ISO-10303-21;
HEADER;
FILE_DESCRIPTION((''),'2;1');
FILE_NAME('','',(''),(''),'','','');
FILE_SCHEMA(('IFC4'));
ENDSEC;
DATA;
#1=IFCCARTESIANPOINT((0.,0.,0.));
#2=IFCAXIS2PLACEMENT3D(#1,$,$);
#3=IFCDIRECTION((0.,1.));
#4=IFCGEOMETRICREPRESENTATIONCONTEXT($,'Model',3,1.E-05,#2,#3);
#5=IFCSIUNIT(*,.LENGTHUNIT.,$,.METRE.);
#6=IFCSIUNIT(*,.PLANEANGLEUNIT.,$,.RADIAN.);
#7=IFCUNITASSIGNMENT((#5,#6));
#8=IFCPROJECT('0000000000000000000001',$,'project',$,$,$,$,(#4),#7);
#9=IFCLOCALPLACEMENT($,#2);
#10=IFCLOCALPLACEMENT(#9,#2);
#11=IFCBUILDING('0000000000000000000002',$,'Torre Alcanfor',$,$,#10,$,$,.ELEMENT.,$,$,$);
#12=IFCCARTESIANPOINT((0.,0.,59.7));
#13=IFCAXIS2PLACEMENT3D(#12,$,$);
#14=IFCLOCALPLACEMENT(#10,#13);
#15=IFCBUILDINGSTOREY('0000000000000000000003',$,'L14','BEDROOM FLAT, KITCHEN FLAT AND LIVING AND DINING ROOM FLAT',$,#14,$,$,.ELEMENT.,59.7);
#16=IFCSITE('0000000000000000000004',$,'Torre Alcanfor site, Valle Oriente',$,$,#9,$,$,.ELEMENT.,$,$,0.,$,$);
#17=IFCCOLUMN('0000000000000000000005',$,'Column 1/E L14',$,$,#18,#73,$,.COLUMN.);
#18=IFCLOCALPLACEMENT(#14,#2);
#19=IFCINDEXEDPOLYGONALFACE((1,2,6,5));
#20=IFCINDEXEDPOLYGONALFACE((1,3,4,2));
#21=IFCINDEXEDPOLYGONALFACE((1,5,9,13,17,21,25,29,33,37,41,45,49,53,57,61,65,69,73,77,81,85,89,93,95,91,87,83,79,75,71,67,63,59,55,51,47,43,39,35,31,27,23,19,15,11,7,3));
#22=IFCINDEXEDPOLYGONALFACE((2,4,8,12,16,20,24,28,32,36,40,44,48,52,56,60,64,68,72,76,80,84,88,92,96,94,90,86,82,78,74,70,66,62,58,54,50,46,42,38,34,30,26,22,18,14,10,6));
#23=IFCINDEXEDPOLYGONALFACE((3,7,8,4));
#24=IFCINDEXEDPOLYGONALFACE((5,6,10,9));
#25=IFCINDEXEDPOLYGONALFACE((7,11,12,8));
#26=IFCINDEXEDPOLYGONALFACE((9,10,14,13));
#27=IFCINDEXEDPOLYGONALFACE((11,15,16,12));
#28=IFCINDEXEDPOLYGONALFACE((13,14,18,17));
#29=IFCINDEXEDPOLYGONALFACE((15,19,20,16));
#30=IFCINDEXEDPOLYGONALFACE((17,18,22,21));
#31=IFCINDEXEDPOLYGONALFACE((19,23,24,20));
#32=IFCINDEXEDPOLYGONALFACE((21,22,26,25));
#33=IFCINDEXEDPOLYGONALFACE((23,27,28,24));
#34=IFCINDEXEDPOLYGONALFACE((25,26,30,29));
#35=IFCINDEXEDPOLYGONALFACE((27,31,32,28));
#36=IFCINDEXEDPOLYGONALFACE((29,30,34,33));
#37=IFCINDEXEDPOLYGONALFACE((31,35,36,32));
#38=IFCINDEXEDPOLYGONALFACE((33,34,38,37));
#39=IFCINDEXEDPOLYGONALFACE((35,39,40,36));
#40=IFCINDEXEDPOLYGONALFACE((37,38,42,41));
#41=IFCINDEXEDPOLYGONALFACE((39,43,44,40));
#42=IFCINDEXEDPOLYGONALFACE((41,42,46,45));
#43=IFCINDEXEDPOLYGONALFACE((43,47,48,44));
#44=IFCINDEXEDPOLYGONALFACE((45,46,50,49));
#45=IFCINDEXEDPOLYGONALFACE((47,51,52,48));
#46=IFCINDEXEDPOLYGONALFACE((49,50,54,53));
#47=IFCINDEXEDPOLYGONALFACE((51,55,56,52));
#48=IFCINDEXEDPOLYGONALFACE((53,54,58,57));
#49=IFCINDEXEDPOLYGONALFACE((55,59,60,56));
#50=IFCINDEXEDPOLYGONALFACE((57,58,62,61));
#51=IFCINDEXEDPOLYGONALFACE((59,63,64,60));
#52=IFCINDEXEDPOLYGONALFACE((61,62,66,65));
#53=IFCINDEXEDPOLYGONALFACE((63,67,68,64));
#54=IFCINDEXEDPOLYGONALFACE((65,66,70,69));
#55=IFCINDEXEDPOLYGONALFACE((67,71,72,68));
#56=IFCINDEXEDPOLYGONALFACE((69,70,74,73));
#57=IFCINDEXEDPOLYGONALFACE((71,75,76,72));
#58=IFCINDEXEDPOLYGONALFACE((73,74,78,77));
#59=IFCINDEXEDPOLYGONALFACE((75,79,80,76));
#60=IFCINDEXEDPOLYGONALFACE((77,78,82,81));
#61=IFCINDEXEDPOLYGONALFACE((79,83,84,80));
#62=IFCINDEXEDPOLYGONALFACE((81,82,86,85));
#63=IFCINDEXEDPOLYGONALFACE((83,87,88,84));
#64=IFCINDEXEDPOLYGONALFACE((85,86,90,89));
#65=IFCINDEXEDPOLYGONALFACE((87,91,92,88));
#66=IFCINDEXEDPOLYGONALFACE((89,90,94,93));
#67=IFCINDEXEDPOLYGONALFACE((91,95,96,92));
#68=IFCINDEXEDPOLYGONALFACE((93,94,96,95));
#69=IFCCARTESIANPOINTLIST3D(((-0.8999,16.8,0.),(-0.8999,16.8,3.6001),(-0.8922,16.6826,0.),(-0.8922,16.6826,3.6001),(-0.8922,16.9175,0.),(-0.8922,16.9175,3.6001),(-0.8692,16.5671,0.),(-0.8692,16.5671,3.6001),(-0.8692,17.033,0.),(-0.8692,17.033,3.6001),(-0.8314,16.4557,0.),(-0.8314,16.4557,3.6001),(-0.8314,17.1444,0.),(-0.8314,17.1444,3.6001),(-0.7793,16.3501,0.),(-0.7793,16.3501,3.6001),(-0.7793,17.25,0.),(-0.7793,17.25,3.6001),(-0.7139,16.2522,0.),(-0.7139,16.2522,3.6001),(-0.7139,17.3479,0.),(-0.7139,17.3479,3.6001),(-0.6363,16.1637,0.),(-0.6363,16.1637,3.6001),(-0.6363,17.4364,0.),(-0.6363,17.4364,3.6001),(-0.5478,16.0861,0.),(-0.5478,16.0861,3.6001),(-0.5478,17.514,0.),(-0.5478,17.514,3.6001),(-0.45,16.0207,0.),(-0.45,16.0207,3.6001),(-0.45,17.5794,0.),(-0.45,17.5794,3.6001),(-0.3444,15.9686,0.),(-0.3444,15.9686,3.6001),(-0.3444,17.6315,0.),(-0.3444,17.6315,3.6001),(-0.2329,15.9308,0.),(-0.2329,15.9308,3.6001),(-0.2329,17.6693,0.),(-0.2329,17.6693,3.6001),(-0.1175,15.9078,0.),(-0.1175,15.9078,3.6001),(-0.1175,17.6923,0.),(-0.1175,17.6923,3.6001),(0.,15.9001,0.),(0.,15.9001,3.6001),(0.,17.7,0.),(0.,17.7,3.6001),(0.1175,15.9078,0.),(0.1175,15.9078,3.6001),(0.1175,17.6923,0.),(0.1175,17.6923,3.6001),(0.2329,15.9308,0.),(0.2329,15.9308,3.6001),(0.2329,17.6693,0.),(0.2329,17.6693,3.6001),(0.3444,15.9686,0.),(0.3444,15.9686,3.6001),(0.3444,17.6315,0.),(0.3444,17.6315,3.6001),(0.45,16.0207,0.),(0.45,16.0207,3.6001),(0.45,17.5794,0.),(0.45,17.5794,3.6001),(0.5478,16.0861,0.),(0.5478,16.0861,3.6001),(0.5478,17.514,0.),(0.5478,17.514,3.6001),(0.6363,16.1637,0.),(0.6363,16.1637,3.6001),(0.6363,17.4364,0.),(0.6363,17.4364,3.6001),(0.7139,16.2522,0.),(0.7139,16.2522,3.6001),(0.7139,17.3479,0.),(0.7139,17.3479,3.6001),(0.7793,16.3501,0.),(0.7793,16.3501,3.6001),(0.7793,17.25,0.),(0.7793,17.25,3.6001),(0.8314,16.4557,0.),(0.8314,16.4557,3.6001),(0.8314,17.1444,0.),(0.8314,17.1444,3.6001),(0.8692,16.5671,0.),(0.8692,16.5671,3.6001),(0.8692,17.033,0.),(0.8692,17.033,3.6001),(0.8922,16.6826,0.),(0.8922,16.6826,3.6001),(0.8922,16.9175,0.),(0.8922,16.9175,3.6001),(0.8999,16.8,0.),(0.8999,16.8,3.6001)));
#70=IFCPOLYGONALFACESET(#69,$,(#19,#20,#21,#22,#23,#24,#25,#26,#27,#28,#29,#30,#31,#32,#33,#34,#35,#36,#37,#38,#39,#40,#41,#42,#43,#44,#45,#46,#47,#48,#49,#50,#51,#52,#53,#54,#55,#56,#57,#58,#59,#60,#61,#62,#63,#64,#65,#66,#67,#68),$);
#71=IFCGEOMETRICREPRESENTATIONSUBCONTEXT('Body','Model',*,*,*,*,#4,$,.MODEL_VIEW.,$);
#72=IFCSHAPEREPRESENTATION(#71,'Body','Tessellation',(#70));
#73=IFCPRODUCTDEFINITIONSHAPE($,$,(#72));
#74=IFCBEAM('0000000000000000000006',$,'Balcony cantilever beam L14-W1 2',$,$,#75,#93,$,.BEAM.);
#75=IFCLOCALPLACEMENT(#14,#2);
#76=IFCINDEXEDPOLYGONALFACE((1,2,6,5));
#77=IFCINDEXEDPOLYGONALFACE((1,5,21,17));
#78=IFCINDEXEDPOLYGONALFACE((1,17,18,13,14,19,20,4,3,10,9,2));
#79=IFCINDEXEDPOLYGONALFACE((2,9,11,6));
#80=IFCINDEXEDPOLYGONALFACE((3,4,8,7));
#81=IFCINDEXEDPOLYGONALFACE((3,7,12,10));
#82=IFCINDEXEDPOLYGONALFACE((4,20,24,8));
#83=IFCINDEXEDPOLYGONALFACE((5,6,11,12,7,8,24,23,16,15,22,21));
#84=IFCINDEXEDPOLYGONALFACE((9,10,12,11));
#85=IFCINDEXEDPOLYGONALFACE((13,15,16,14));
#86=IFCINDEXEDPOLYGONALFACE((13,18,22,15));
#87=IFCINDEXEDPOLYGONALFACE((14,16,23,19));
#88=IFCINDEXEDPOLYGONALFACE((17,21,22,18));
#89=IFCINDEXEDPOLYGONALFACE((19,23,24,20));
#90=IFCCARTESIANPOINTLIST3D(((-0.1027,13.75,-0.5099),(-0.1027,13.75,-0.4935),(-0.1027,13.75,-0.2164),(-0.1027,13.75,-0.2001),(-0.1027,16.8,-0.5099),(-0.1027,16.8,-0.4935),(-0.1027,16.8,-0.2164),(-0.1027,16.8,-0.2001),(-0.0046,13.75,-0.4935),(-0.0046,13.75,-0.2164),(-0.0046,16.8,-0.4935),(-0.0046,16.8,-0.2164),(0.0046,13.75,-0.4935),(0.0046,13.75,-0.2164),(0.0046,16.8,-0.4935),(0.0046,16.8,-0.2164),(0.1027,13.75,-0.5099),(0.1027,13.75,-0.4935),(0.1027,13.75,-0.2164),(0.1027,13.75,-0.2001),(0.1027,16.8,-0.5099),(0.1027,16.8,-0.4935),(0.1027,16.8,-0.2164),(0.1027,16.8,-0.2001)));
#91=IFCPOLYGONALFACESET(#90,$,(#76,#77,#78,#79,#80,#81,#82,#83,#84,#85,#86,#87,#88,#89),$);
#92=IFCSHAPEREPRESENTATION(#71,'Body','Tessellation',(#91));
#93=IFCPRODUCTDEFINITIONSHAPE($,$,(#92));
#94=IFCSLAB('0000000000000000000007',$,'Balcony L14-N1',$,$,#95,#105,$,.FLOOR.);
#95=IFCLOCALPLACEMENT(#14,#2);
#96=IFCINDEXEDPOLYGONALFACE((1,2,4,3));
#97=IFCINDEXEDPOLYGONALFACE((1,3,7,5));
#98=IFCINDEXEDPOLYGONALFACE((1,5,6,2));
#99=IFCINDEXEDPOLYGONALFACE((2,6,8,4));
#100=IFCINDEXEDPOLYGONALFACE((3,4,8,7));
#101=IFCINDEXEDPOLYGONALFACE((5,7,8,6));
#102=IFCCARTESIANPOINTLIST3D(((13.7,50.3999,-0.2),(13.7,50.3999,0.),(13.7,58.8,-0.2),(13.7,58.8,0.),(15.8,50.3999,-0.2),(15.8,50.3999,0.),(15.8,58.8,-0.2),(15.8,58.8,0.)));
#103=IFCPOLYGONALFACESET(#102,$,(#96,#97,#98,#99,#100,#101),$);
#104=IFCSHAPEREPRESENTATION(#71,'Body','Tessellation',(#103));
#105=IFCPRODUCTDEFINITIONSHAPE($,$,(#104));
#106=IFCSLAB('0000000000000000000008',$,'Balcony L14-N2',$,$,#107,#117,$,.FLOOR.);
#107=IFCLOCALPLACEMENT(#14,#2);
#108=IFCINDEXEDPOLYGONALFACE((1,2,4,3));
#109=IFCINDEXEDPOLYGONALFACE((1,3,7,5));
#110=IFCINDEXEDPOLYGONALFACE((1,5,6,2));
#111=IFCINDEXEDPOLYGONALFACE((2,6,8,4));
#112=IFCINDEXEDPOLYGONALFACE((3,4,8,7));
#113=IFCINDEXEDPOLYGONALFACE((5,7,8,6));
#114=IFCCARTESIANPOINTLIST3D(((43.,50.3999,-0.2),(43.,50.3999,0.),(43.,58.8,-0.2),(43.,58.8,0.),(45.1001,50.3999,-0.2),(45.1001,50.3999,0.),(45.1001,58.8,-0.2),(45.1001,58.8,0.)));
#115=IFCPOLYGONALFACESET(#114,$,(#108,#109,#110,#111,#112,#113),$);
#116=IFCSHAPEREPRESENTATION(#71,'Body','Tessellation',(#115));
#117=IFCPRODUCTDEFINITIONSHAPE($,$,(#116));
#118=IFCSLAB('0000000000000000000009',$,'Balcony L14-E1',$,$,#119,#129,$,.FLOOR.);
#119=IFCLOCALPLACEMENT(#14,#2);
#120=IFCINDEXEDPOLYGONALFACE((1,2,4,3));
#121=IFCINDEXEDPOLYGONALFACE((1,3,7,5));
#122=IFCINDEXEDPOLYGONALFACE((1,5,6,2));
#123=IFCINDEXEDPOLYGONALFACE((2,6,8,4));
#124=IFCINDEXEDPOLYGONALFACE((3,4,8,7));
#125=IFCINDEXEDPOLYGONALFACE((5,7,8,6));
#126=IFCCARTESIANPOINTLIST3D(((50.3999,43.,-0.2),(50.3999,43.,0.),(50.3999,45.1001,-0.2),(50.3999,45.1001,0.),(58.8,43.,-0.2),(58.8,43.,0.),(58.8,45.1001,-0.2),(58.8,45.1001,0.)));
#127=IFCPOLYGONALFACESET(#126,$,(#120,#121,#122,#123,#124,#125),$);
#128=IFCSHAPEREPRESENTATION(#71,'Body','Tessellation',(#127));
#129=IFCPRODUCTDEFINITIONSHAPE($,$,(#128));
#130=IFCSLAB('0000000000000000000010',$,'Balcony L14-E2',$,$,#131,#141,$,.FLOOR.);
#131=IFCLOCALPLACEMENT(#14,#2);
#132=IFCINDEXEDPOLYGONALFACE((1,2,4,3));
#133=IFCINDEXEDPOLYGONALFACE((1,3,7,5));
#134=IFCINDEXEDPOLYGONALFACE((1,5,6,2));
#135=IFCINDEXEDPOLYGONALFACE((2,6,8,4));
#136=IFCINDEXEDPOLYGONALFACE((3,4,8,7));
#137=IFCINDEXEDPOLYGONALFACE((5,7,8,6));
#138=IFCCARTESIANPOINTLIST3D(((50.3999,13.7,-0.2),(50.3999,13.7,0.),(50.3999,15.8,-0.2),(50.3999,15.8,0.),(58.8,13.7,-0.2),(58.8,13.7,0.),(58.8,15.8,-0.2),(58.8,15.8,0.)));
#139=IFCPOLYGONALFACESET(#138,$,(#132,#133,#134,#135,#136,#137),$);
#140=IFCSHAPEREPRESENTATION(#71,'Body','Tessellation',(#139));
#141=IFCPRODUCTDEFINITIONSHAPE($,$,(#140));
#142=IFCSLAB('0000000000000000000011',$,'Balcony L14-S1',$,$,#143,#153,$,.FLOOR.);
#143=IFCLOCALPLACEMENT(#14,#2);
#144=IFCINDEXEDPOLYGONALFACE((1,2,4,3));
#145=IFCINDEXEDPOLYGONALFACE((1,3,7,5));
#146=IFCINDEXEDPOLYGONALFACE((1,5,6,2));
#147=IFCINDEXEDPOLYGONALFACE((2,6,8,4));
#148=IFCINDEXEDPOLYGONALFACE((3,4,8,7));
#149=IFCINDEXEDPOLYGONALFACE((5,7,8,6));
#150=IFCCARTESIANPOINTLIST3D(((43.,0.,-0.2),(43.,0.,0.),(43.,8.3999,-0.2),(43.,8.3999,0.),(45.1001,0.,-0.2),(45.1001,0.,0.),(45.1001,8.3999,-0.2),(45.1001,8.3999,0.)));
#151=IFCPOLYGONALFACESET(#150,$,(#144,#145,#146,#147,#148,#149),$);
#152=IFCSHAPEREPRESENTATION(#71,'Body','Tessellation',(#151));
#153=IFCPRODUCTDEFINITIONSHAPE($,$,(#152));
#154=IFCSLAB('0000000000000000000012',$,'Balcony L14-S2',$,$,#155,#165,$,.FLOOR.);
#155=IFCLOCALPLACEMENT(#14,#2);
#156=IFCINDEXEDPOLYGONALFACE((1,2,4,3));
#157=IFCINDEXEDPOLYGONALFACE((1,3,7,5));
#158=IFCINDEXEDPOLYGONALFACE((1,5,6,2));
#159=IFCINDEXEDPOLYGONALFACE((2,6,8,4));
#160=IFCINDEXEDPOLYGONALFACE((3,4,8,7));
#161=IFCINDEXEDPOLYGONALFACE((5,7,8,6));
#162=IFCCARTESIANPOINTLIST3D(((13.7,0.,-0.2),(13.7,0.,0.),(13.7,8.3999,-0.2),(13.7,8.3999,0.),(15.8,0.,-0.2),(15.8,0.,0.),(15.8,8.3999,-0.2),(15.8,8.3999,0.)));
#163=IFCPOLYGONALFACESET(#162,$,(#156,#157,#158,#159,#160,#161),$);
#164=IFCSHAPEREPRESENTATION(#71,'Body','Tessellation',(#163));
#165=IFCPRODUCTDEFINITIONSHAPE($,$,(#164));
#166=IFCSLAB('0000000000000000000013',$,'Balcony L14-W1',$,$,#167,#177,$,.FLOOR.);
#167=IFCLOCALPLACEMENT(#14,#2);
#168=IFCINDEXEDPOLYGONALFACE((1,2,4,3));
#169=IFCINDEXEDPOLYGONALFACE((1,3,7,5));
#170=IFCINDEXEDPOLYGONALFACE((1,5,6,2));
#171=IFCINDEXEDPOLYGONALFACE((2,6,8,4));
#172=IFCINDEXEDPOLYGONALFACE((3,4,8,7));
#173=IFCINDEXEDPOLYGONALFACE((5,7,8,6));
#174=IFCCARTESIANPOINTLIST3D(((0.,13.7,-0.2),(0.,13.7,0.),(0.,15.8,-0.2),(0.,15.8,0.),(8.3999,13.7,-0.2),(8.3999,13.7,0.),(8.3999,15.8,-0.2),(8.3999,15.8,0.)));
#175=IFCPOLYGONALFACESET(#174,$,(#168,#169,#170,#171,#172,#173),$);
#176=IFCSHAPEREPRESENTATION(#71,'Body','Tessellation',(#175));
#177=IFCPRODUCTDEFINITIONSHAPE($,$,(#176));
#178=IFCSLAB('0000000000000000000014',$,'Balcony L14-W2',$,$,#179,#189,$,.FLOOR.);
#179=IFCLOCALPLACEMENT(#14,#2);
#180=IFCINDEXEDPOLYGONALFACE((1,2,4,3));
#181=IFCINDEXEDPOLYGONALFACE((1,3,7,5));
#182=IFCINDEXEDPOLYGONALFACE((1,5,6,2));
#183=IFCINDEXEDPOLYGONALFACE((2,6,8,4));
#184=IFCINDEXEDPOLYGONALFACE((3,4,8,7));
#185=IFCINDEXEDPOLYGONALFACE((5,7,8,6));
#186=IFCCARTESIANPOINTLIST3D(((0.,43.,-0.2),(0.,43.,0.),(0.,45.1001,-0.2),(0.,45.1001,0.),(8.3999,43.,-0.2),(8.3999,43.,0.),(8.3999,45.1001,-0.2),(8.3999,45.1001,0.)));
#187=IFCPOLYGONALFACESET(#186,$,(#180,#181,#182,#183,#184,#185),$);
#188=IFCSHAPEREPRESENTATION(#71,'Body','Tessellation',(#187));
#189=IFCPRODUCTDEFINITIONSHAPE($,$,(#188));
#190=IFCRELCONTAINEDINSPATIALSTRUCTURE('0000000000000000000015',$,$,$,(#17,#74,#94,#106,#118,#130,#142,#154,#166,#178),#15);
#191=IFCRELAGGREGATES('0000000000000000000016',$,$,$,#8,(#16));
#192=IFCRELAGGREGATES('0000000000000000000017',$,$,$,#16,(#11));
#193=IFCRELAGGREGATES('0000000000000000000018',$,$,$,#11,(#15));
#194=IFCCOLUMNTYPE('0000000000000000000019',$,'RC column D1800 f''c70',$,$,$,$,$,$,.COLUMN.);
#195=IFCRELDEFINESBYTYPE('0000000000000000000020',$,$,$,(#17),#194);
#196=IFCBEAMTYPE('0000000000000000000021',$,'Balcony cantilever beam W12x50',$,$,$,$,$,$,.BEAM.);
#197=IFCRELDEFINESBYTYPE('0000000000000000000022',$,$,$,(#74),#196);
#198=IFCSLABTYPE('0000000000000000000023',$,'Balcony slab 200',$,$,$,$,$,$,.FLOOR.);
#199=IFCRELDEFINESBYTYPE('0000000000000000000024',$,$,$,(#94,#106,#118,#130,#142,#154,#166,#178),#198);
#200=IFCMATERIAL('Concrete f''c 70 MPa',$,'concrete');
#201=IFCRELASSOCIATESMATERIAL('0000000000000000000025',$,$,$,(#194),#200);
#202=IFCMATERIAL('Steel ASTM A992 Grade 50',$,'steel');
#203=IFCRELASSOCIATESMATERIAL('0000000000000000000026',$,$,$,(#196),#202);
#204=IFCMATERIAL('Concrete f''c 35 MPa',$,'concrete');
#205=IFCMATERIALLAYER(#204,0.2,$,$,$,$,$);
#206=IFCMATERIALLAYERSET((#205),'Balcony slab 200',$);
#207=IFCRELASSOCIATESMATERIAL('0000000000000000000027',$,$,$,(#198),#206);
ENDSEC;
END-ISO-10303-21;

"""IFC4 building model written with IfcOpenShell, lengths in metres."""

from ifc_helpers import new_model, si_unit, direction, frame, origin, origin_2d, place, context, subcontext, project, spatial, polyline, circle, i_section, outline, extrude, material, layer, layer_set, material_profile, profile_set, type_object, element, save


model = new_model("IFC4")

# Units and contexts
model_context = context("Model", 3, precision=1e-05, world=origin(), true_north=direction((0.0, 1.0)))
body_context = subcontext(model_context, "Body", "Model", "MODEL_VIEW")
ifc_project = project(units=[si_unit("LENGTHUNIT", "METRE"), si_unit("PLANEANGLEUNIT", "RADIAN")], contexts=[model_context])

# Site, building, storey
site_placement = place(None, origin())
site = spatial("IfcSite", under=ifc_project, at=site_placement, Name="Torre Alcanfor site, Valle Oriente", CompositionType="ELEMENT", RefElevation=0.0)
building_placement = place(site_placement, origin())
building = spatial("IfcBuilding", under=site, at=building_placement, Name="Torre Alcanfor", CompositionType="ELEMENT")
storey_placement = place(building_placement, frame((0.0, 0.0, 59.7)))
storey = spatial("IfcBuildingStorey", under=building, at=storey_placement, Name="L14", Description="BEDROOM FLAT, KITCHEN FLAT AND LIVING AND DINING ROOM FLAT", CompositionType="ELEMENT", Elevation=59.7)

# Column
ifc_material_1 = material(Name="Concrete f'c 70 MPa", Category="concrete")
ifc_material_profile_1 = material_profile(ifc_material_1, circle(Radius=0.8999, at=origin_2d()), Name="D1800")
ifc_profile_set_1 = profile_set([ifc_material_profile_1], Name="Concrete f'c 70 MPa")
column_type = type_object("IfcColumnType", Name="RC column D1800 f'c70", PredefinedType="COLUMN", material=ifc_profile_set_1)
column_placement = place(storey_placement, frame((0.0, 16.8, 0.0), z_axis=(0.0, 0.0, 1.0), x_axis=(1.0, 0.0, 0.0)))
element("IfcColumn", 1, at=column_placement, inside=storey, type_object=column_type, Name="Column 1/E L14", PredefinedType="COLUMN", context=body_context, shape_type="SweptSolid", body=[
    extrude(circle(Radius=0.8999, at=origin_2d()), origin(), (0.0, 0.0, 1.0), 3.6001),
])

# Beam
ifc_material_2 = material(Name="Steel ASTM A992 Grade 50", Category="steel")
ifc_material_profile_2 = material_profile(ifc_material_2, i_section(OverallWidth=0.2053, OverallDepth=0.3098, WebThickness=0.0093, FlangeThickness=0.0164, at=origin_2d()), Name="W12x50")
ifc_profile_set_2 = profile_set([ifc_material_profile_2], Name="Steel ASTM A992 Grade 50")
beam_type = type_object("IfcBeamType", Name="Balcony cantilever beam W12x50", PredefinedType="BEAM", material=ifc_profile_set_2)
beam_placement = place(storey_placement, frame((0.0, 16.8, -0.355), z_axis=(0.0, -1.0, 0.0), x_axis=(1.0, 0.0, 0.0)))
element("IfcBeam", 2, at=beam_placement, inside=storey, type_object=beam_type, Name="Balcony cantilever beam L14-W1 2", PredefinedType="BEAM", context=body_context, shape_type="SweptSolid", body=[
    extrude(i_section(OverallWidth=0.2053, OverallDepth=0.3098, WebThickness=0.0093, FlangeThickness=0.0164, at=origin_2d()), origin(), (0.0, 0.0, 1.0), 3.05),
])

# Slabs
ifc_material_3 = material(Name="Concrete f'c 35 MPa", Category="concrete")
ifc_layer_1 = layer(ifc_material_3, 0.2)
ifc_layer_set_1 = layer_set([ifc_layer_1], Name="Balcony slab 200")
slab_type_1 = type_object("IfcSlabType", Name="Balcony slab 200", PredefinedType="FLOOR", material=ifc_layer_set_1)
slab_1_placement = place(storey_placement, frame((0.0, 0.0, -0.2)))
element("IfcSlab", 3, at=slab_1_placement, inside=storey, type_object=slab_type_1, Name="Balcony L14-N1", PredefinedType="FLOOR", context=body_context, shape_type="SweptSolid", body=[
    extrude(outline(polyline([(15.8, 50.3999), (15.8, 58.8), (13.7, 58.8), (13.7, 50.3999), (15.8, 50.3999)])), origin(), (0.0, 0.0, 1.0), 0.2),
])
slab_2_placement = place(storey_placement, frame((0.0, 0.0, -0.2)))
element("IfcSlab", 4, at=slab_2_placement, inside=storey, type_object=slab_type_1, Name="Balcony L14-N2", PredefinedType="FLOOR", context=body_context, shape_type="SweptSolid", body=[
    extrude(outline(polyline([(45.1001, 50.3999), (45.1001, 58.8), (43.0, 58.8), (43.0, 50.3999), (45.1001, 50.3999)])), origin(), (0.0, 0.0, 1.0), 0.2),
])
slab_3_placement = place(storey_placement, frame((0.0, 0.0, -0.2)))
element("IfcSlab", 5, at=slab_3_placement, inside=storey, type_object=slab_type_1, Name="Balcony L14-E1", PredefinedType="FLOOR", context=body_context, shape_type="SweptSolid", body=[
    extrude(outline(polyline([(50.3999, 43.0), (58.8, 43.0), (58.8, 45.1001), (50.3999, 45.1001), (50.3999, 43.0)])), origin(), (0.0, 0.0, 1.0), 0.2),
])
slab_4_placement = place(storey_placement, frame((0.0, 0.0, -0.2)))
element("IfcSlab", 6, at=slab_4_placement, inside=storey, type_object=slab_type_1, Name="Balcony L14-E2", PredefinedType="FLOOR", context=body_context, shape_type="SweptSolid", body=[
    extrude(outline(polyline([(50.3999, 13.7), (58.8, 13.7), (58.8, 15.8), (50.3999, 15.8), (50.3999, 13.7)])), origin(), (0.0, 0.0, 1.0), 0.2),
])
slab_5_placement = place(storey_placement, frame((0.0, 0.0, -0.2)))
element("IfcSlab", 7, at=slab_5_placement, inside=storey, type_object=slab_type_1, Name="Balcony L14-S1", PredefinedType="FLOOR", context=body_context, shape_type="SweptSolid", body=[
    extrude(outline(polyline([(43.0, 8.3999), (43.0, 0.0), (45.1001, 0.0), (45.1001, 8.3999), (43.0, 8.3999)])), origin(), (0.0, 0.0, 1.0), 0.2),
])
slab_6_placement = place(storey_placement, frame((0.0, 0.0, -0.2)))
element("IfcSlab", 8, at=slab_6_placement, inside=storey, type_object=slab_type_1, Name="Balcony L14-S2", PredefinedType="FLOOR", context=body_context, shape_type="SweptSolid", body=[
    extrude(outline(polyline([(13.7, 8.3999), (13.7, 0.0), (15.8, 0.0), (15.8, 8.3999), (13.7, 8.3999)])), origin(), (0.0, 0.0, 1.0), 0.2),
])
slab_7_placement = place(storey_placement, frame((0.0, 0.0, -0.2)))
element("IfcSlab", 9, at=slab_7_placement, inside=storey, type_object=slab_type_1, Name="Balcony L14-W1", PredefinedType="FLOOR", context=body_context, shape_type="SweptSolid", body=[
    extrude(outline(polyline([(8.3999, 15.8), (0.0, 15.8), (0.0, 13.7), (8.3999, 13.7), (8.3999, 15.8)])), origin(), (0.0, 0.0, 1.0), 0.2),
])
slab_8_placement = place(storey_placement, frame((0.0, 0.0, -0.2)))
element("IfcSlab", 10, at=slab_8_placement, inside=storey, type_object=slab_type_1, Name="Balcony L14-W2", PredefinedType="FLOOR", context=body_context, shape_type="SweptSolid", body=[
    extrude(outline(polyline([(8.3999, 45.1001), (0.0, 45.1001), (0.0, 43.0), (8.3999, 43.0), (8.3999, 45.1001)])), origin(), (0.0, 0.0, 1.0), 0.2),
])

save(model, "model.ifc")
